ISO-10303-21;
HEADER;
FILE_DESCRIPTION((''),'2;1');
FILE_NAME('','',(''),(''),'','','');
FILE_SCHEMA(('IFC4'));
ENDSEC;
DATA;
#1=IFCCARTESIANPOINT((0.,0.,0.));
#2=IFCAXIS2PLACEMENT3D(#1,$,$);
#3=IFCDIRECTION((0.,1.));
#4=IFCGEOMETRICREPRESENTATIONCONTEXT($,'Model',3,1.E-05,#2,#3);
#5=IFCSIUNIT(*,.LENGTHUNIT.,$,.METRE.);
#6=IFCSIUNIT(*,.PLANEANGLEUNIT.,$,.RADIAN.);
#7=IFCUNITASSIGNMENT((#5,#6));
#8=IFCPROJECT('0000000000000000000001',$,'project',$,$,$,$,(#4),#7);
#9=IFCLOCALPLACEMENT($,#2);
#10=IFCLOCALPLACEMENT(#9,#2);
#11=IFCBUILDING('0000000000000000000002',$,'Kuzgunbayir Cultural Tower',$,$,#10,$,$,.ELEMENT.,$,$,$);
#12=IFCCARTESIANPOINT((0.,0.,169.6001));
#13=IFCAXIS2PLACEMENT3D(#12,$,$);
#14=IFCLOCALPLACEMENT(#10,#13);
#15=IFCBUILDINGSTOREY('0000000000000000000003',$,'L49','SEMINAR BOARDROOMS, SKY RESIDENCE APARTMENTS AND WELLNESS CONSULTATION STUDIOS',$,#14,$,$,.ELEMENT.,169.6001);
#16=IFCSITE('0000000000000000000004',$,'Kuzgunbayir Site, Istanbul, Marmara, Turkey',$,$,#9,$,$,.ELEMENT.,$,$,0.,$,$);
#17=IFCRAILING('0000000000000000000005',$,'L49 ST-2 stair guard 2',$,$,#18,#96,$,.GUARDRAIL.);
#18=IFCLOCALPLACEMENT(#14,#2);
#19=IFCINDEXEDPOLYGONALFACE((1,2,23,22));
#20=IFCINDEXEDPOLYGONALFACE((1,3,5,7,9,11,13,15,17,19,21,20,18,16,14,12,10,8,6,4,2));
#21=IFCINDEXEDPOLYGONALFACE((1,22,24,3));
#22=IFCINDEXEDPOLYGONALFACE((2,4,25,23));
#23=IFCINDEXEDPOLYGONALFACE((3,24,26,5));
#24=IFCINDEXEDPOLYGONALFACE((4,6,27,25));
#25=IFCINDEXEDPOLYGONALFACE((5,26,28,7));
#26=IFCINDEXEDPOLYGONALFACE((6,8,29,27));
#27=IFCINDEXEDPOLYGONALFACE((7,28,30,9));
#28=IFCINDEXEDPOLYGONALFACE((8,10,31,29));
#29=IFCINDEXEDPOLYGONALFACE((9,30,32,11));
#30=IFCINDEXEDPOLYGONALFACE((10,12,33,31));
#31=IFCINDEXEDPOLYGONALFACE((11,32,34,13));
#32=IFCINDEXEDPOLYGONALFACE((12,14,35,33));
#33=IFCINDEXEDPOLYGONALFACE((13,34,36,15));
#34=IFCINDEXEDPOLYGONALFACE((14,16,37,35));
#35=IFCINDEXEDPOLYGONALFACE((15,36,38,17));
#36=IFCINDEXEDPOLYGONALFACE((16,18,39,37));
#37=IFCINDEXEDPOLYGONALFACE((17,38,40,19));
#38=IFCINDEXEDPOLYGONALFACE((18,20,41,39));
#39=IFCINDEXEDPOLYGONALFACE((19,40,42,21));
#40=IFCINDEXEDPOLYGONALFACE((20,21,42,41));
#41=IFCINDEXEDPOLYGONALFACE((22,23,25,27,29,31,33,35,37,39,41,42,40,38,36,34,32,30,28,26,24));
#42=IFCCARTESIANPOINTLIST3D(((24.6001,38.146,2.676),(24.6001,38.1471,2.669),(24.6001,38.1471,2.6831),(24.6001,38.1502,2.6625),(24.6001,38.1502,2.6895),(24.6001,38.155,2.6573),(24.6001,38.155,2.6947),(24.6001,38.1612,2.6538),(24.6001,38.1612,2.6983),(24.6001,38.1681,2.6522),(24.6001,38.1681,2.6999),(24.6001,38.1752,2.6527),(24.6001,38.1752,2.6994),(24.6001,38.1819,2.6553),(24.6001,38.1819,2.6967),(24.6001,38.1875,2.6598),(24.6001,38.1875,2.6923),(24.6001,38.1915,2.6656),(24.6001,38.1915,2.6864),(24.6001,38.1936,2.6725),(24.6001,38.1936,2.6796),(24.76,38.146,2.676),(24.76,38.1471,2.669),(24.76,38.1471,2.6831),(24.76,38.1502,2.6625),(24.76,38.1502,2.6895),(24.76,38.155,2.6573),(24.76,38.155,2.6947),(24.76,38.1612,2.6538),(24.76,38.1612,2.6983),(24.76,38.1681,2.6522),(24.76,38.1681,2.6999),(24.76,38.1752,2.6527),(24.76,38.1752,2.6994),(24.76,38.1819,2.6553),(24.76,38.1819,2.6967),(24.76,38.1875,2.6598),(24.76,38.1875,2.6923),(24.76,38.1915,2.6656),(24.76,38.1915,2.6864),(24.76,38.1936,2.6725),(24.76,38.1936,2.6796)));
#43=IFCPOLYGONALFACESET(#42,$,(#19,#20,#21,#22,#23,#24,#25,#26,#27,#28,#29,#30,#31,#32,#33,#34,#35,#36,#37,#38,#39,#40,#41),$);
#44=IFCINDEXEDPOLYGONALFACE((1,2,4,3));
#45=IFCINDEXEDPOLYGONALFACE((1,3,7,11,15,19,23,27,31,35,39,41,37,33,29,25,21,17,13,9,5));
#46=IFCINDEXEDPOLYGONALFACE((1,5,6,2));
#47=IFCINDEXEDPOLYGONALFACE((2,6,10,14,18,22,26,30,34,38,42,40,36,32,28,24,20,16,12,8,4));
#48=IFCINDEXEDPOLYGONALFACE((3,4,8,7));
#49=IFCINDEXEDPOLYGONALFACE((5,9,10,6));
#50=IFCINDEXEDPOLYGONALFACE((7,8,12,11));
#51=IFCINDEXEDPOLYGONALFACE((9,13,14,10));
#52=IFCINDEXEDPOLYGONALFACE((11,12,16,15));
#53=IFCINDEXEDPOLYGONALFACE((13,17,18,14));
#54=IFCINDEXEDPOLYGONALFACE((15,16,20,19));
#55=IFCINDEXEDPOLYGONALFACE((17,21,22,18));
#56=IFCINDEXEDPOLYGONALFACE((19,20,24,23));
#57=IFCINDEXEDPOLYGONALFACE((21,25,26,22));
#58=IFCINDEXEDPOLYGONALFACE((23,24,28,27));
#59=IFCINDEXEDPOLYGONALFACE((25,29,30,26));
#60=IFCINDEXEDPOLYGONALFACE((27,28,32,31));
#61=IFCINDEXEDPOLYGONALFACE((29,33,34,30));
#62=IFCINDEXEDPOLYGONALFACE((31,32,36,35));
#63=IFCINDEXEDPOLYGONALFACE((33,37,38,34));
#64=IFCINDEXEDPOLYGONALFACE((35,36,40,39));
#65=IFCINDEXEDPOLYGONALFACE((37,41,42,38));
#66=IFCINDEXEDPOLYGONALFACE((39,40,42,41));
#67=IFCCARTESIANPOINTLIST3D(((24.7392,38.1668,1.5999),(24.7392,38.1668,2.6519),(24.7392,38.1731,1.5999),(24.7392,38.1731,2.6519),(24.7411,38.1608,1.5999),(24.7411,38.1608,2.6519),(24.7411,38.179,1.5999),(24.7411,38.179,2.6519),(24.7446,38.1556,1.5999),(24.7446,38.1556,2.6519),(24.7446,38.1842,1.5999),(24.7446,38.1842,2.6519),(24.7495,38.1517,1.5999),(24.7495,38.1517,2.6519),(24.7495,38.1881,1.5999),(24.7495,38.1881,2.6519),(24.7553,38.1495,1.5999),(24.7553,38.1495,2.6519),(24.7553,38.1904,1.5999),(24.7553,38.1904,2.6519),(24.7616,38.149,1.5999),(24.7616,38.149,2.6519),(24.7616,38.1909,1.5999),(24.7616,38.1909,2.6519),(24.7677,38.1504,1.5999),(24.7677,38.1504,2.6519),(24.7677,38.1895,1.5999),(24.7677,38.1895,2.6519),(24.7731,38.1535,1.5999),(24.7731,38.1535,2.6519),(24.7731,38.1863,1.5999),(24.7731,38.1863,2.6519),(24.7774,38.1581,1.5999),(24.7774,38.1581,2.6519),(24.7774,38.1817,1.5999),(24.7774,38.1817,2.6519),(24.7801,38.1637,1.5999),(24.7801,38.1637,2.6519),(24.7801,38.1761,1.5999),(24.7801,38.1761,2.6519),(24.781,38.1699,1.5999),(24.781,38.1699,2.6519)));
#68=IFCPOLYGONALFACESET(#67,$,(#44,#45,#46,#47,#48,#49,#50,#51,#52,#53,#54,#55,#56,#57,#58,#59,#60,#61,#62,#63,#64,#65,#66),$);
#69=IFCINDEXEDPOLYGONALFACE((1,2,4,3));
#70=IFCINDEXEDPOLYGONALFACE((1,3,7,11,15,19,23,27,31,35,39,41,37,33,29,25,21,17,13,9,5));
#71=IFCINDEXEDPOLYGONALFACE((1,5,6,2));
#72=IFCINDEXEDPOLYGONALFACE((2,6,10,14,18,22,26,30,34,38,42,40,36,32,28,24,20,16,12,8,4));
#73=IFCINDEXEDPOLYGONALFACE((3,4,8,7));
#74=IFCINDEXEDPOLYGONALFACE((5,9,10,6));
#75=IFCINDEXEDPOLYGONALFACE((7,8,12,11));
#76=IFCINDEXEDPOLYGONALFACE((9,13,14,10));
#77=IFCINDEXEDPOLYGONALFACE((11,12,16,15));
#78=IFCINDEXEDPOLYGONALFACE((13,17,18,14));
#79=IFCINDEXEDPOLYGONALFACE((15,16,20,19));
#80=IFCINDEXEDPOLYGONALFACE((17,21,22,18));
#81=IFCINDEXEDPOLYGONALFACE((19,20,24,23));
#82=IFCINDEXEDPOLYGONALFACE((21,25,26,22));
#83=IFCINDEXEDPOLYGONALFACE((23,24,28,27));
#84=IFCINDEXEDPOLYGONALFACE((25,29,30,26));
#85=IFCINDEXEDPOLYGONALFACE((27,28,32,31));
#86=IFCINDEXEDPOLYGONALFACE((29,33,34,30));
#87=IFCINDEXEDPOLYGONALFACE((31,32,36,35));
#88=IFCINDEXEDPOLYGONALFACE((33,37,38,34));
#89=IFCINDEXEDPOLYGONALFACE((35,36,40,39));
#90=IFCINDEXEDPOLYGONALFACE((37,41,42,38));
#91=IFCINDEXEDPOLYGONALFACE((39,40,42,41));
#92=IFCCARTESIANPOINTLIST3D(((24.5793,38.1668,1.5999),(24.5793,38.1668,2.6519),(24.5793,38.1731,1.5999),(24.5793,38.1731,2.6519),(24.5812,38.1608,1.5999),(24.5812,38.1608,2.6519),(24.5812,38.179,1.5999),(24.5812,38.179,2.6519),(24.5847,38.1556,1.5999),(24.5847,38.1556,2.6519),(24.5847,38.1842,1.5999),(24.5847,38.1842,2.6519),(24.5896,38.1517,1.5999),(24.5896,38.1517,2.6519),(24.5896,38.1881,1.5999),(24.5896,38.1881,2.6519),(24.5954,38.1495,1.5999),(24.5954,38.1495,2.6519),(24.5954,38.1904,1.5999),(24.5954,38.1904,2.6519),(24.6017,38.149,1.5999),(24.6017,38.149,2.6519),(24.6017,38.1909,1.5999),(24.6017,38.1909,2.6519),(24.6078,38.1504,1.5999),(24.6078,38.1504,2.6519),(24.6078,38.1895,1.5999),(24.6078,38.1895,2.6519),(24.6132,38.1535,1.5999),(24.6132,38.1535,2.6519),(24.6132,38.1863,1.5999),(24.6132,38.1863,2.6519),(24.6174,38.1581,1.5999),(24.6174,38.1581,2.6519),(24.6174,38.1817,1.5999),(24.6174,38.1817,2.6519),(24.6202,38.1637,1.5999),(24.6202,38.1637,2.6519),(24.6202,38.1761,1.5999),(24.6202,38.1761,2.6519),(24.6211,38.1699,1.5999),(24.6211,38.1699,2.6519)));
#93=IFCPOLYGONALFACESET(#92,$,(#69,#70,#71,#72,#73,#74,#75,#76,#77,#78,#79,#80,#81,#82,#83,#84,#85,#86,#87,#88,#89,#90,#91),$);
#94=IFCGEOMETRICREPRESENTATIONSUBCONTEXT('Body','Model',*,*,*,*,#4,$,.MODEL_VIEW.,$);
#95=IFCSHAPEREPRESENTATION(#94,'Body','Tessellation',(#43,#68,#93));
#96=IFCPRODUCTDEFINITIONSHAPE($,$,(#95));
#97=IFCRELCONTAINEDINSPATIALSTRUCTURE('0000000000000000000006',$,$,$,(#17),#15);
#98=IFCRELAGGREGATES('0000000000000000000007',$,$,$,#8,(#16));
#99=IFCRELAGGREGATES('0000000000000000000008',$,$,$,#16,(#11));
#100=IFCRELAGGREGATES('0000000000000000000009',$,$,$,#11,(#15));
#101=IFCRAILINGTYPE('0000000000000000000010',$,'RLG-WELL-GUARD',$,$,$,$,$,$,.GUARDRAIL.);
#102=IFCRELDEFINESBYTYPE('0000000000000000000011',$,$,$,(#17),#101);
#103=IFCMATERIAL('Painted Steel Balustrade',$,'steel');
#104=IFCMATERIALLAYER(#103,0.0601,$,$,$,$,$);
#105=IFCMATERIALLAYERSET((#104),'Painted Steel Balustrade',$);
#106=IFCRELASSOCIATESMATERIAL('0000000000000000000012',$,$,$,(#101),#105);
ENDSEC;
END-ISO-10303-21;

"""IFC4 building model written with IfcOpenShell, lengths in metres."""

from ifc_helpers import new_model, si_unit, direction, frame, origin, origin_2d, place, context, subcontext, project, spatial, circle, extrude, material, layer, layer_set, type_object, element, save


model = new_model("IFC4")

# Units and contexts
model_context = context("Model", 3, precision=1e-05, world=origin(), true_north=direction((0.0, 1.0)))
body_context = subcontext(model_context, "Body", "Model", "MODEL_VIEW")
ifc_project = project(units=[si_unit("LENGTHUNIT", "METRE"), si_unit("PLANEANGLEUNIT", "RADIAN")], contexts=[model_context])

# Site, building, storey
site_placement = place(None, origin())
site = spatial("IfcSite", under=ifc_project, at=site_placement, Name="Kuzgunbayir Site, Istanbul, Marmara, Turkey", CompositionType="ELEMENT", RefElevation=0.0)
building_placement = place(site_placement, origin())
building = spatial("IfcBuilding", under=site, at=building_placement, Name="Kuzgunbayir Cultural Tower", CompositionType="ELEMENT")
storey_placement = place(building_placement, frame((0.0, 0.0, 169.6001)))
storey = spatial("IfcBuildingStorey", under=building, at=storey_placement, Name="L49", Description="SEMINAR BOARDROOMS, SKY RESIDENCE APARTMENTS AND WELLNESS CONSULTATION STUDIOS", CompositionType="ELEMENT", Elevation=169.6001)

# Railing
ifc_material_1 = material(Name="Painted Steel Balustrade", Category="steel")
ifc_layer_1 = layer(ifc_material_1, 0.0601)
ifc_layer_set_1 = layer_set([ifc_layer_1], Name="Painted Steel Balustrade")
railing_type_1 = type_object("IfcRailingType", Name="RLG-WELL-GUARD", PredefinedType="GUARDRAIL", material=ifc_layer_set_1)
railing_1_placement = place(storey_placement, frame((24.76, 38.1699, 1.5999)))
element("IfcRailing", 1, at=railing_1_placement, inside=storey, type_object=railing_type_1, Name="L49 ST-2 stair guard 2", PredefinedType="GUARDRAIL", context=body_context, shape_type="SweptSolid", body=[
    extrude(circle(Radius=0.0239, at=origin_2d()), frame((0.0, 0.0, 1.0762), z_axis=(-1.0, 0.0, 0.0), x_axis=(0.0, -1.0, 0.0)), (0.0, 0.0, 1.0), 0.1599),
    extrude(circle(Radius=0.021, at=origin_2d()), origin(), (0.0, 0.0, 1.0), 1.052),
    extrude(circle(Radius=0.021, at=origin_2d()), frame((-0.1599, 0.0, 0.0)), (0.0, 0.0, 1.0), 1.052),
])

save(model, "model.ifc")
